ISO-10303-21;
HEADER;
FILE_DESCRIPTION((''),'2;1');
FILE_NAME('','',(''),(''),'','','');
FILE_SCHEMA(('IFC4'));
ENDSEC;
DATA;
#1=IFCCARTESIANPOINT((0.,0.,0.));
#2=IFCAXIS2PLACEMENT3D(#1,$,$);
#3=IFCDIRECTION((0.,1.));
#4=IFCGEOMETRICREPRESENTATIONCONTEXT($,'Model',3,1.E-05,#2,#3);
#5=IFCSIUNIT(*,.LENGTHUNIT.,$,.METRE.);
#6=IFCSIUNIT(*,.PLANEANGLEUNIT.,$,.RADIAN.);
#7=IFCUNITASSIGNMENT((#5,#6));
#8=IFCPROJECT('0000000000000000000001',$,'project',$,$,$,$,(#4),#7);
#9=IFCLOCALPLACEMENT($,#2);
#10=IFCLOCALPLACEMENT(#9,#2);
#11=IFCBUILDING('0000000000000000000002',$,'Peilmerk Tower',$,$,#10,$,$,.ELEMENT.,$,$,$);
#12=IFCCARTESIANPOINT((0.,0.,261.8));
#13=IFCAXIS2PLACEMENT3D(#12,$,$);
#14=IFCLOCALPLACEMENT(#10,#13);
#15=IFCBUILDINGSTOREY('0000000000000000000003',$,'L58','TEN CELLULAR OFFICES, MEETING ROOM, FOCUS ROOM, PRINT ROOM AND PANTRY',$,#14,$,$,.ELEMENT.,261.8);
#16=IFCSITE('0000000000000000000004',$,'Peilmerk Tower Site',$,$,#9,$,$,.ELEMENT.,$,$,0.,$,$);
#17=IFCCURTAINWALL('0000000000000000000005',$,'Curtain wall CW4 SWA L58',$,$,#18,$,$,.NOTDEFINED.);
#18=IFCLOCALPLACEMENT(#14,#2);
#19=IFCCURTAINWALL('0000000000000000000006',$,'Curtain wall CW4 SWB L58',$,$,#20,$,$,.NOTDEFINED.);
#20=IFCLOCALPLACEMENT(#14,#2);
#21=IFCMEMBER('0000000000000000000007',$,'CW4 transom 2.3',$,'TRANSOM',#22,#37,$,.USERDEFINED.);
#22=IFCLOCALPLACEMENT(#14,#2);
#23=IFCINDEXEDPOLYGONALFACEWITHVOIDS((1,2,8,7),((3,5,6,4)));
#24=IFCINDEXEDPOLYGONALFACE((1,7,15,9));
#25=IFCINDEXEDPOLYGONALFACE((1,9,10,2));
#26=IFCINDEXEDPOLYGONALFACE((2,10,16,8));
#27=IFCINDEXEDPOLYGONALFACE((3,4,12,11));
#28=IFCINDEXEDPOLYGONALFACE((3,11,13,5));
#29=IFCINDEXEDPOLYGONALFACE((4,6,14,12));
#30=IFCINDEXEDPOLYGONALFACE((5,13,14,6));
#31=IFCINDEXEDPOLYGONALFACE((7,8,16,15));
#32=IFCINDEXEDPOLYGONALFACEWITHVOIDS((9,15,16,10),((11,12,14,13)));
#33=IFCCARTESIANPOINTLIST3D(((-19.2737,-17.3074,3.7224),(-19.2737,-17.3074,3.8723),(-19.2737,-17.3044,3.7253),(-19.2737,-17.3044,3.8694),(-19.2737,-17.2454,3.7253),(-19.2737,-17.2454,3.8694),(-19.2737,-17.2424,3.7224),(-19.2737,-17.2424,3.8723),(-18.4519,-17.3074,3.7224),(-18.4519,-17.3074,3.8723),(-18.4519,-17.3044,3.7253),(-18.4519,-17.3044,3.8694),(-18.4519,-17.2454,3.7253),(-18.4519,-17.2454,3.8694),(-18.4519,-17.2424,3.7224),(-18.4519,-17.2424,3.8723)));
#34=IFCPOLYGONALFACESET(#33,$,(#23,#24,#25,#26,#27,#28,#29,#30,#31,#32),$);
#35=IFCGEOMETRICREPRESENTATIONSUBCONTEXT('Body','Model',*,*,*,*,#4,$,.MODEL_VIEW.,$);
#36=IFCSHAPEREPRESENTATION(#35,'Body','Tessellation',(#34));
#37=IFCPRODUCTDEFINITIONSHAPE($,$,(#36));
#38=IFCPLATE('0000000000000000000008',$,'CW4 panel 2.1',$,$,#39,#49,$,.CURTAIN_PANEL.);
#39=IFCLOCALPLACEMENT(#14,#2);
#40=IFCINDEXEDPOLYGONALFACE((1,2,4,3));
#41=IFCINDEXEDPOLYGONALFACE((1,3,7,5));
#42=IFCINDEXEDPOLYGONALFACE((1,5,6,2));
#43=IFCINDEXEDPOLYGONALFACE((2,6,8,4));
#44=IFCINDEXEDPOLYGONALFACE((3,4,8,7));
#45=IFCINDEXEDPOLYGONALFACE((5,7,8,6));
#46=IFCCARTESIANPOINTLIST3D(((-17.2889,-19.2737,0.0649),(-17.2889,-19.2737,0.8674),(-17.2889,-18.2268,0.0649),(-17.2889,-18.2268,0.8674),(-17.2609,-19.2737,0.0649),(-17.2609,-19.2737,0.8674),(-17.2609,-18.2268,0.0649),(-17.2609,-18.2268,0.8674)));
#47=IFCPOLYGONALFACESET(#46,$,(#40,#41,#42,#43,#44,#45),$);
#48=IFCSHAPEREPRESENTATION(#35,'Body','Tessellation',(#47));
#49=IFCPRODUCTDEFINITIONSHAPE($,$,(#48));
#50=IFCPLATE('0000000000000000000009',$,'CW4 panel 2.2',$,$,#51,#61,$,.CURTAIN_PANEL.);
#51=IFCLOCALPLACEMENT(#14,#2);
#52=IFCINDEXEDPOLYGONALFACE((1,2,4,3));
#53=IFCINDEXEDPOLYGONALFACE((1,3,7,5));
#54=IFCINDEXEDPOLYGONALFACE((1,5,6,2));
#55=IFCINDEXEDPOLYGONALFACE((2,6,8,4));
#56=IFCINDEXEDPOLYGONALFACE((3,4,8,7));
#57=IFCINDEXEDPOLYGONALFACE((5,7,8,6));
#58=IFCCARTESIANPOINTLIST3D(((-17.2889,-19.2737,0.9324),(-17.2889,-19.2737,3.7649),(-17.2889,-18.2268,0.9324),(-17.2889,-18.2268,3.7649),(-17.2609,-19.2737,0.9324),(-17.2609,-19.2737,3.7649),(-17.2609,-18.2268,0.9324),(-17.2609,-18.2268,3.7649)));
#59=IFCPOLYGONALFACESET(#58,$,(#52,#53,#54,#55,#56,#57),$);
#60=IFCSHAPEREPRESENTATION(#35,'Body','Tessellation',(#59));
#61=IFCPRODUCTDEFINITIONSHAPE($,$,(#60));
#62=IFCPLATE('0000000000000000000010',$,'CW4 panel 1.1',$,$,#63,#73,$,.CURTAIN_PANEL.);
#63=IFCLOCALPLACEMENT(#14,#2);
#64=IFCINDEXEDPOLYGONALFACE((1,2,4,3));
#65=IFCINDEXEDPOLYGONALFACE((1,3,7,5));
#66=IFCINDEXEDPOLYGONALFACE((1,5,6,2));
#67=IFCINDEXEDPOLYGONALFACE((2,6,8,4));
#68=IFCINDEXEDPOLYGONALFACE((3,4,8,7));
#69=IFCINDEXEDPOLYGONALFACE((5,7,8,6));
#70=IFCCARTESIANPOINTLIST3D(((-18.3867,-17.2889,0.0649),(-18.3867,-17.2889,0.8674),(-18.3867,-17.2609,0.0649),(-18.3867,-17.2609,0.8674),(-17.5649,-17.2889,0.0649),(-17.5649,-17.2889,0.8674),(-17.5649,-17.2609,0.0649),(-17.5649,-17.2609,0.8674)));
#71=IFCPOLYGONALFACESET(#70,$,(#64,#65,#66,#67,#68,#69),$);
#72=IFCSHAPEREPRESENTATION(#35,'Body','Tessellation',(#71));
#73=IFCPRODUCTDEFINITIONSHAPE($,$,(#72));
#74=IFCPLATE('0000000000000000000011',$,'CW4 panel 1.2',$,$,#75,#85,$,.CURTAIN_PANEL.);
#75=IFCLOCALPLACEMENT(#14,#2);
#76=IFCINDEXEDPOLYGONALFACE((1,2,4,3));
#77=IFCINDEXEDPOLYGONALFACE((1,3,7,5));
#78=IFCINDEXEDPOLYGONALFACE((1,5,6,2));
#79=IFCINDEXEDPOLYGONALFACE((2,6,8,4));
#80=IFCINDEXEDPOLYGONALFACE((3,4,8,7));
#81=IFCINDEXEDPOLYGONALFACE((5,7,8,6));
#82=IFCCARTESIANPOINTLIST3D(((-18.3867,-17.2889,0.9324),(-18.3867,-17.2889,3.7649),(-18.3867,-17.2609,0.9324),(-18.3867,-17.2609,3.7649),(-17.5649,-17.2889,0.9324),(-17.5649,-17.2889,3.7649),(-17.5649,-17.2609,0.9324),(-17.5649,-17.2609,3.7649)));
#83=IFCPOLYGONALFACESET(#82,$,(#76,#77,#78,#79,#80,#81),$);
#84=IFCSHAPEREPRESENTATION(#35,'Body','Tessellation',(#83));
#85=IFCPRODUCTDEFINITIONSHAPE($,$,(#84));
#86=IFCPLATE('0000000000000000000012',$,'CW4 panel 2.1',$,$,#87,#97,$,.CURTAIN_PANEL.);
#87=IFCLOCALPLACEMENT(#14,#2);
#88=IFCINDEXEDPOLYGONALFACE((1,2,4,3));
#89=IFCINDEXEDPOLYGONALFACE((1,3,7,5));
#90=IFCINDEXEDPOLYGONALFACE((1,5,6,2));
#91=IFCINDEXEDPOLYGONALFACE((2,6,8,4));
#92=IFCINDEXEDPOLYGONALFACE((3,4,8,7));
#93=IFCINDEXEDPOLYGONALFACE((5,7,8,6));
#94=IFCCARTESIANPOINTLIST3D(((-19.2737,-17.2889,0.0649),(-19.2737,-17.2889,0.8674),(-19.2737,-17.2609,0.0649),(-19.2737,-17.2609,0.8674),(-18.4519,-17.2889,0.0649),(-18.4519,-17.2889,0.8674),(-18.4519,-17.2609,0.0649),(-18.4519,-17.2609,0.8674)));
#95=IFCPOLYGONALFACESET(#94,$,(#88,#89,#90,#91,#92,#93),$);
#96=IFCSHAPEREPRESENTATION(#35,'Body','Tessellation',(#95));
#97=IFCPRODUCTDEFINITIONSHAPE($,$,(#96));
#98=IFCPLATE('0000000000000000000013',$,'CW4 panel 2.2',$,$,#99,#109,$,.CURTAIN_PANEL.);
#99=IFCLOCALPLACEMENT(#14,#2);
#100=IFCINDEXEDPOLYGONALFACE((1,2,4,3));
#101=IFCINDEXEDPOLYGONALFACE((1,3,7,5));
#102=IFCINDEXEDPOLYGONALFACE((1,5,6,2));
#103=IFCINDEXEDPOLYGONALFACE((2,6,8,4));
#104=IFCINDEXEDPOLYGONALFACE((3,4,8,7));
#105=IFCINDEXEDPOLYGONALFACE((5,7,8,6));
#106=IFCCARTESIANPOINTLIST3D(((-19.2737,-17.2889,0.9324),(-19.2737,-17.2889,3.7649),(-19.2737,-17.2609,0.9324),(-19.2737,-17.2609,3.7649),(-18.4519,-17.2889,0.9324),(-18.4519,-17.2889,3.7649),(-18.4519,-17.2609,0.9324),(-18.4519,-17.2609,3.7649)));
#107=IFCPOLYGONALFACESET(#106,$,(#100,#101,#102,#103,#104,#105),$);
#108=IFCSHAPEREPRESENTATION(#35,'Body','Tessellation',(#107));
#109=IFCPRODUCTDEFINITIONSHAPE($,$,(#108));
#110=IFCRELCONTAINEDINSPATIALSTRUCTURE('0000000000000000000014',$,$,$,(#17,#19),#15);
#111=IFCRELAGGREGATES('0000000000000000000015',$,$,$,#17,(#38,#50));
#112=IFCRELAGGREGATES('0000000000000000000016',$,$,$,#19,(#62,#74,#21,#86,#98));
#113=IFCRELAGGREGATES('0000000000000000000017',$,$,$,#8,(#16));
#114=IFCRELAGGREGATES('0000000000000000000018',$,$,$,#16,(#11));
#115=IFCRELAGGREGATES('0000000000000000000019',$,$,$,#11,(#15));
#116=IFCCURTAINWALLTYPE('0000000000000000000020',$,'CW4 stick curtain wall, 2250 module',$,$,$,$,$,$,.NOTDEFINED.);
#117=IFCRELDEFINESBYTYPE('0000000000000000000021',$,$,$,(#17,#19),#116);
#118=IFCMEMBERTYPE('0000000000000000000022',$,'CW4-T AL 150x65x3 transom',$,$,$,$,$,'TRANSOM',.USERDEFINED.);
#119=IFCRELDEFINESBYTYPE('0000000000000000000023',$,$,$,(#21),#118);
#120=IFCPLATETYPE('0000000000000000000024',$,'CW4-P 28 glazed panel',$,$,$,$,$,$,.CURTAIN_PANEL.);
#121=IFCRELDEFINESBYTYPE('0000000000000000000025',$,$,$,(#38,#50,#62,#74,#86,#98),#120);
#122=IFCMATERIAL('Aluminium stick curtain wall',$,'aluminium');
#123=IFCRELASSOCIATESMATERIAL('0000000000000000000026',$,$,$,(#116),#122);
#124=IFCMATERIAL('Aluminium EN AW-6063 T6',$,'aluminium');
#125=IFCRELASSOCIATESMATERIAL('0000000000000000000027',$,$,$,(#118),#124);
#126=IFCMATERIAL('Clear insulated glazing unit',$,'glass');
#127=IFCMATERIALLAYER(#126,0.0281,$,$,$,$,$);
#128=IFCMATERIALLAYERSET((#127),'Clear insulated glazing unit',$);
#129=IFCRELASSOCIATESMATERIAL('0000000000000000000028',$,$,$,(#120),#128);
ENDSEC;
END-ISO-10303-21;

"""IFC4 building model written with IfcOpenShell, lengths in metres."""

from ifc_helpers import new_model, si_unit, direction, frame, origin, origin_2d, place, context, subcontext, project, spatial, rectangle, hollow_rectangle, extrude, material, layer, layer_set, material_profile, profile_set, type_object, element, aggregate, save


model = new_model("IFC4")

# Units and contexts
model_context = context("Model", 3, precision=1e-05, world=origin(), true_north=direction((0.0, 1.0)))
body_context = subcontext(model_context, "Body", "Model", "MODEL_VIEW")
ifc_project = project(units=[si_unit("LENGTHUNIT", "METRE"), si_unit("PLANEANGLEUNIT", "RADIAN")], contexts=[model_context])

# Site, building, storey
site_placement = place(None, origin())
site = spatial("IfcSite", under=ifc_project, at=site_placement, Name="Peilmerk Tower Site", CompositionType="ELEMENT", RefElevation=0.0)
building_placement = place(site_placement, origin())
building = spatial("IfcBuilding", under=site, at=building_placement, Name="Peilmerk Tower", CompositionType="ELEMENT")
storey_placement = place(building_placement, frame((0.0, 0.0, 261.8)))
storey = spatial("IfcBuildingStorey", under=building, at=storey_placement, Name="L58", Description="TEN CELLULAR OFFICES, MEETING ROOM, FOCUS ROOM, PRINT ROOM AND PANTRY", CompositionType="ELEMENT", Elevation=261.8)

# Curtain wall
ifc_material_1 = material(Name="Aluminium stick curtain wall", Category="aluminium")
curtain_wall_type = type_object("IfcCurtainWallType", Name="CW4 stick curtain wall, 2250 module", PredefinedType="NOTDEFINED", material=ifc_material_1)
curtain_wall_1_placement = place(storey_placement, origin())
curtain_wall_1 = element("IfcCurtainWall", 1, at=curtain_wall_1_placement, inside=storey, type_object=curtain_wall_type, Name="Curtain wall CW4 SWA L58", PredefinedType="NOTDEFINED")
ifc_material_2 = material(Name="Aluminium EN AW-6063 T6", Category="aluminium")

# Curtain wall
curtain_wall_2_placement = place(storey_placement, origin())
curtain_wall_2 = element("IfcCurtainWall", 2, at=curtain_wall_2_placement, inside=storey, type_object=curtain_wall_type, Name="Curtain wall CW4 SWB L58", PredefinedType="NOTDEFINED")

# Member
ifc_material_profile_1 = material_profile(ifc_material_2, hollow_rectangle(XDim=0.0649, YDim=0.1499, WallThickness=0.0029, at=origin_2d()), Name="AL 150x65x3")
ifc_profile_set_1 = profile_set([ifc_material_profile_1], Name="Aluminium EN AW-6063 T6")
member_type_1 = type_object("IfcMemberType", Name="CW4-T AL 150x65x3 transom", ElementType="TRANSOM", PredefinedType="USERDEFINED", material=ifc_profile_set_1)
member_1_placement = place(storey_placement, frame((-18.4519, -17.2749, 3.7974), z_axis=(-1.0, 0.0, 0.0), x_axis=(0.0, -1.0, 0.0)))
member_1 = element("IfcMember", 3, at=member_1_placement, type_object=member_type_1, Name="CW4 transom 2.3", ObjectType="TRANSOM", PredefinedType="USERDEFINED", context=body_context, shape_type="SweptSolid", body=[
    extrude(hollow_rectangle(XDim=0.0649, YDim=0.1499, WallThickness=0.0029, at=origin_2d()), origin(), (0.0, 0.0, 1.0), 0.8218),
])

# Plates
ifc_material_3 = material(Name="Clear insulated glazing unit", Category="glass")
ifc_layer_1 = layer(ifc_material_3, 0.0281)
ifc_layer_set_1 = layer_set([ifc_layer_1], Name="Clear insulated glazing unit")
plate_type = type_object("IfcPlateType", Name="CW4-P 28 glazed panel", PredefinedType="CURTAIN_PANEL", material=ifc_layer_set_1)
plate_1_placement = place(storey_placement, frame((-17.2749, -18.7502, 0.0649), z_axis=(0.0, 0.0, 1.0), x_axis=(0.0, -1.0, 0.0)))
plate_1 = element("IfcPlate", 4, at=plate_1_placement, type_object=plate_type, Name="CW4 panel 2.1", PredefinedType="CURTAIN_PANEL", context=body_context, shape_type="SweptSolid", body=[
    extrude(rectangle(XDim=1.0469, YDim=0.0281, at=origin_2d()), origin(), (0.0, 0.0, 1.0), 0.8025),
])
plate_2_placement = place(storey_placement, frame((-17.2749, -18.7502, 0.9324), z_axis=(0.0, 0.0, 1.0), x_axis=(0.0, -1.0, 0.0)))
plate_2 = element("IfcPlate", 5, at=plate_2_placement, type_object=plate_type, Name="CW4 panel 2.2", PredefinedType="CURTAIN_PANEL", context=body_context, shape_type="SweptSolid", body=[
    extrude(rectangle(XDim=1.0469, YDim=0.0281, at=origin_2d()), origin(), (0.0, 0.0, 1.0), 2.8325),
])
aggregate(curtain_wall_1, [plate_1, plate_2])
plate_3_placement = place(storey_placement, frame((-17.9758, -17.2749, 0.0649), z_axis=(0.0, 0.0, 1.0), x_axis=(-1.0, 0.0, 0.0)))
plate_3 = element("IfcPlate", 6, at=plate_3_placement, type_object=plate_type, Name="CW4 panel 1.1", PredefinedType="CURTAIN_PANEL", context=body_context, shape_type="SweptSolid", body=[
    extrude(rectangle(XDim=0.8218, YDim=0.0281, at=origin_2d()), origin(), (0.0, 0.0, 1.0), 0.8025),
])
plate_4_placement = place(storey_placement, frame((-17.9758, -17.2749, 0.9324), z_axis=(0.0, 0.0, 1.0), x_axis=(-1.0, 0.0, 0.0)))
plate_4 = element("IfcPlate", 7, at=plate_4_placement, type_object=plate_type, Name="CW4 panel 1.2", PredefinedType="CURTAIN_PANEL", context=body_context, shape_type="SweptSolid", body=[
    extrude(rectangle(XDim=0.8218, YDim=0.0281, at=origin_2d()), origin(), (0.0, 0.0, 1.0), 2.8325),
])
plate_5_placement = place(storey_placement, frame((-18.8628, -17.2749, 0.0649), z_axis=(0.0, 0.0, 1.0), x_axis=(-1.0, 0.0, 0.0)))
plate_5 = element("IfcPlate", 8, at=plate_5_placement, type_object=plate_type, Name="CW4 panel 2.1", PredefinedType="CURTAIN_PANEL", context=body_context, shape_type="SweptSolid", body=[
    extrude(rectangle(XDim=0.8218, YDim=0.0281, at=origin_2d()), origin(), (0.0, 0.0, 1.0), 0.8025),
])
plate_6_placement = place(storey_placement, frame((-18.8628, -17.2749, 0.9324), z_axis=(0.0, 0.0, 1.0), x_axis=(-1.0, 0.0, 0.0)))
plate_6 = element("IfcPlate", 9, at=plate_6_placement, type_object=plate_type, Name="CW4 panel 2.2", PredefinedType="CURTAIN_PANEL", context=body_context, shape_type="SweptSolid", body=[
    extrude(rectangle(XDim=0.8218, YDim=0.0281, at=origin_2d()), origin(), (0.0, 0.0, 1.0), 2.8325),
])
aggregate(curtain_wall_2, [plate_3, plate_4, member_1, plate_5, plate_6])

save(model, "model.ifc")
